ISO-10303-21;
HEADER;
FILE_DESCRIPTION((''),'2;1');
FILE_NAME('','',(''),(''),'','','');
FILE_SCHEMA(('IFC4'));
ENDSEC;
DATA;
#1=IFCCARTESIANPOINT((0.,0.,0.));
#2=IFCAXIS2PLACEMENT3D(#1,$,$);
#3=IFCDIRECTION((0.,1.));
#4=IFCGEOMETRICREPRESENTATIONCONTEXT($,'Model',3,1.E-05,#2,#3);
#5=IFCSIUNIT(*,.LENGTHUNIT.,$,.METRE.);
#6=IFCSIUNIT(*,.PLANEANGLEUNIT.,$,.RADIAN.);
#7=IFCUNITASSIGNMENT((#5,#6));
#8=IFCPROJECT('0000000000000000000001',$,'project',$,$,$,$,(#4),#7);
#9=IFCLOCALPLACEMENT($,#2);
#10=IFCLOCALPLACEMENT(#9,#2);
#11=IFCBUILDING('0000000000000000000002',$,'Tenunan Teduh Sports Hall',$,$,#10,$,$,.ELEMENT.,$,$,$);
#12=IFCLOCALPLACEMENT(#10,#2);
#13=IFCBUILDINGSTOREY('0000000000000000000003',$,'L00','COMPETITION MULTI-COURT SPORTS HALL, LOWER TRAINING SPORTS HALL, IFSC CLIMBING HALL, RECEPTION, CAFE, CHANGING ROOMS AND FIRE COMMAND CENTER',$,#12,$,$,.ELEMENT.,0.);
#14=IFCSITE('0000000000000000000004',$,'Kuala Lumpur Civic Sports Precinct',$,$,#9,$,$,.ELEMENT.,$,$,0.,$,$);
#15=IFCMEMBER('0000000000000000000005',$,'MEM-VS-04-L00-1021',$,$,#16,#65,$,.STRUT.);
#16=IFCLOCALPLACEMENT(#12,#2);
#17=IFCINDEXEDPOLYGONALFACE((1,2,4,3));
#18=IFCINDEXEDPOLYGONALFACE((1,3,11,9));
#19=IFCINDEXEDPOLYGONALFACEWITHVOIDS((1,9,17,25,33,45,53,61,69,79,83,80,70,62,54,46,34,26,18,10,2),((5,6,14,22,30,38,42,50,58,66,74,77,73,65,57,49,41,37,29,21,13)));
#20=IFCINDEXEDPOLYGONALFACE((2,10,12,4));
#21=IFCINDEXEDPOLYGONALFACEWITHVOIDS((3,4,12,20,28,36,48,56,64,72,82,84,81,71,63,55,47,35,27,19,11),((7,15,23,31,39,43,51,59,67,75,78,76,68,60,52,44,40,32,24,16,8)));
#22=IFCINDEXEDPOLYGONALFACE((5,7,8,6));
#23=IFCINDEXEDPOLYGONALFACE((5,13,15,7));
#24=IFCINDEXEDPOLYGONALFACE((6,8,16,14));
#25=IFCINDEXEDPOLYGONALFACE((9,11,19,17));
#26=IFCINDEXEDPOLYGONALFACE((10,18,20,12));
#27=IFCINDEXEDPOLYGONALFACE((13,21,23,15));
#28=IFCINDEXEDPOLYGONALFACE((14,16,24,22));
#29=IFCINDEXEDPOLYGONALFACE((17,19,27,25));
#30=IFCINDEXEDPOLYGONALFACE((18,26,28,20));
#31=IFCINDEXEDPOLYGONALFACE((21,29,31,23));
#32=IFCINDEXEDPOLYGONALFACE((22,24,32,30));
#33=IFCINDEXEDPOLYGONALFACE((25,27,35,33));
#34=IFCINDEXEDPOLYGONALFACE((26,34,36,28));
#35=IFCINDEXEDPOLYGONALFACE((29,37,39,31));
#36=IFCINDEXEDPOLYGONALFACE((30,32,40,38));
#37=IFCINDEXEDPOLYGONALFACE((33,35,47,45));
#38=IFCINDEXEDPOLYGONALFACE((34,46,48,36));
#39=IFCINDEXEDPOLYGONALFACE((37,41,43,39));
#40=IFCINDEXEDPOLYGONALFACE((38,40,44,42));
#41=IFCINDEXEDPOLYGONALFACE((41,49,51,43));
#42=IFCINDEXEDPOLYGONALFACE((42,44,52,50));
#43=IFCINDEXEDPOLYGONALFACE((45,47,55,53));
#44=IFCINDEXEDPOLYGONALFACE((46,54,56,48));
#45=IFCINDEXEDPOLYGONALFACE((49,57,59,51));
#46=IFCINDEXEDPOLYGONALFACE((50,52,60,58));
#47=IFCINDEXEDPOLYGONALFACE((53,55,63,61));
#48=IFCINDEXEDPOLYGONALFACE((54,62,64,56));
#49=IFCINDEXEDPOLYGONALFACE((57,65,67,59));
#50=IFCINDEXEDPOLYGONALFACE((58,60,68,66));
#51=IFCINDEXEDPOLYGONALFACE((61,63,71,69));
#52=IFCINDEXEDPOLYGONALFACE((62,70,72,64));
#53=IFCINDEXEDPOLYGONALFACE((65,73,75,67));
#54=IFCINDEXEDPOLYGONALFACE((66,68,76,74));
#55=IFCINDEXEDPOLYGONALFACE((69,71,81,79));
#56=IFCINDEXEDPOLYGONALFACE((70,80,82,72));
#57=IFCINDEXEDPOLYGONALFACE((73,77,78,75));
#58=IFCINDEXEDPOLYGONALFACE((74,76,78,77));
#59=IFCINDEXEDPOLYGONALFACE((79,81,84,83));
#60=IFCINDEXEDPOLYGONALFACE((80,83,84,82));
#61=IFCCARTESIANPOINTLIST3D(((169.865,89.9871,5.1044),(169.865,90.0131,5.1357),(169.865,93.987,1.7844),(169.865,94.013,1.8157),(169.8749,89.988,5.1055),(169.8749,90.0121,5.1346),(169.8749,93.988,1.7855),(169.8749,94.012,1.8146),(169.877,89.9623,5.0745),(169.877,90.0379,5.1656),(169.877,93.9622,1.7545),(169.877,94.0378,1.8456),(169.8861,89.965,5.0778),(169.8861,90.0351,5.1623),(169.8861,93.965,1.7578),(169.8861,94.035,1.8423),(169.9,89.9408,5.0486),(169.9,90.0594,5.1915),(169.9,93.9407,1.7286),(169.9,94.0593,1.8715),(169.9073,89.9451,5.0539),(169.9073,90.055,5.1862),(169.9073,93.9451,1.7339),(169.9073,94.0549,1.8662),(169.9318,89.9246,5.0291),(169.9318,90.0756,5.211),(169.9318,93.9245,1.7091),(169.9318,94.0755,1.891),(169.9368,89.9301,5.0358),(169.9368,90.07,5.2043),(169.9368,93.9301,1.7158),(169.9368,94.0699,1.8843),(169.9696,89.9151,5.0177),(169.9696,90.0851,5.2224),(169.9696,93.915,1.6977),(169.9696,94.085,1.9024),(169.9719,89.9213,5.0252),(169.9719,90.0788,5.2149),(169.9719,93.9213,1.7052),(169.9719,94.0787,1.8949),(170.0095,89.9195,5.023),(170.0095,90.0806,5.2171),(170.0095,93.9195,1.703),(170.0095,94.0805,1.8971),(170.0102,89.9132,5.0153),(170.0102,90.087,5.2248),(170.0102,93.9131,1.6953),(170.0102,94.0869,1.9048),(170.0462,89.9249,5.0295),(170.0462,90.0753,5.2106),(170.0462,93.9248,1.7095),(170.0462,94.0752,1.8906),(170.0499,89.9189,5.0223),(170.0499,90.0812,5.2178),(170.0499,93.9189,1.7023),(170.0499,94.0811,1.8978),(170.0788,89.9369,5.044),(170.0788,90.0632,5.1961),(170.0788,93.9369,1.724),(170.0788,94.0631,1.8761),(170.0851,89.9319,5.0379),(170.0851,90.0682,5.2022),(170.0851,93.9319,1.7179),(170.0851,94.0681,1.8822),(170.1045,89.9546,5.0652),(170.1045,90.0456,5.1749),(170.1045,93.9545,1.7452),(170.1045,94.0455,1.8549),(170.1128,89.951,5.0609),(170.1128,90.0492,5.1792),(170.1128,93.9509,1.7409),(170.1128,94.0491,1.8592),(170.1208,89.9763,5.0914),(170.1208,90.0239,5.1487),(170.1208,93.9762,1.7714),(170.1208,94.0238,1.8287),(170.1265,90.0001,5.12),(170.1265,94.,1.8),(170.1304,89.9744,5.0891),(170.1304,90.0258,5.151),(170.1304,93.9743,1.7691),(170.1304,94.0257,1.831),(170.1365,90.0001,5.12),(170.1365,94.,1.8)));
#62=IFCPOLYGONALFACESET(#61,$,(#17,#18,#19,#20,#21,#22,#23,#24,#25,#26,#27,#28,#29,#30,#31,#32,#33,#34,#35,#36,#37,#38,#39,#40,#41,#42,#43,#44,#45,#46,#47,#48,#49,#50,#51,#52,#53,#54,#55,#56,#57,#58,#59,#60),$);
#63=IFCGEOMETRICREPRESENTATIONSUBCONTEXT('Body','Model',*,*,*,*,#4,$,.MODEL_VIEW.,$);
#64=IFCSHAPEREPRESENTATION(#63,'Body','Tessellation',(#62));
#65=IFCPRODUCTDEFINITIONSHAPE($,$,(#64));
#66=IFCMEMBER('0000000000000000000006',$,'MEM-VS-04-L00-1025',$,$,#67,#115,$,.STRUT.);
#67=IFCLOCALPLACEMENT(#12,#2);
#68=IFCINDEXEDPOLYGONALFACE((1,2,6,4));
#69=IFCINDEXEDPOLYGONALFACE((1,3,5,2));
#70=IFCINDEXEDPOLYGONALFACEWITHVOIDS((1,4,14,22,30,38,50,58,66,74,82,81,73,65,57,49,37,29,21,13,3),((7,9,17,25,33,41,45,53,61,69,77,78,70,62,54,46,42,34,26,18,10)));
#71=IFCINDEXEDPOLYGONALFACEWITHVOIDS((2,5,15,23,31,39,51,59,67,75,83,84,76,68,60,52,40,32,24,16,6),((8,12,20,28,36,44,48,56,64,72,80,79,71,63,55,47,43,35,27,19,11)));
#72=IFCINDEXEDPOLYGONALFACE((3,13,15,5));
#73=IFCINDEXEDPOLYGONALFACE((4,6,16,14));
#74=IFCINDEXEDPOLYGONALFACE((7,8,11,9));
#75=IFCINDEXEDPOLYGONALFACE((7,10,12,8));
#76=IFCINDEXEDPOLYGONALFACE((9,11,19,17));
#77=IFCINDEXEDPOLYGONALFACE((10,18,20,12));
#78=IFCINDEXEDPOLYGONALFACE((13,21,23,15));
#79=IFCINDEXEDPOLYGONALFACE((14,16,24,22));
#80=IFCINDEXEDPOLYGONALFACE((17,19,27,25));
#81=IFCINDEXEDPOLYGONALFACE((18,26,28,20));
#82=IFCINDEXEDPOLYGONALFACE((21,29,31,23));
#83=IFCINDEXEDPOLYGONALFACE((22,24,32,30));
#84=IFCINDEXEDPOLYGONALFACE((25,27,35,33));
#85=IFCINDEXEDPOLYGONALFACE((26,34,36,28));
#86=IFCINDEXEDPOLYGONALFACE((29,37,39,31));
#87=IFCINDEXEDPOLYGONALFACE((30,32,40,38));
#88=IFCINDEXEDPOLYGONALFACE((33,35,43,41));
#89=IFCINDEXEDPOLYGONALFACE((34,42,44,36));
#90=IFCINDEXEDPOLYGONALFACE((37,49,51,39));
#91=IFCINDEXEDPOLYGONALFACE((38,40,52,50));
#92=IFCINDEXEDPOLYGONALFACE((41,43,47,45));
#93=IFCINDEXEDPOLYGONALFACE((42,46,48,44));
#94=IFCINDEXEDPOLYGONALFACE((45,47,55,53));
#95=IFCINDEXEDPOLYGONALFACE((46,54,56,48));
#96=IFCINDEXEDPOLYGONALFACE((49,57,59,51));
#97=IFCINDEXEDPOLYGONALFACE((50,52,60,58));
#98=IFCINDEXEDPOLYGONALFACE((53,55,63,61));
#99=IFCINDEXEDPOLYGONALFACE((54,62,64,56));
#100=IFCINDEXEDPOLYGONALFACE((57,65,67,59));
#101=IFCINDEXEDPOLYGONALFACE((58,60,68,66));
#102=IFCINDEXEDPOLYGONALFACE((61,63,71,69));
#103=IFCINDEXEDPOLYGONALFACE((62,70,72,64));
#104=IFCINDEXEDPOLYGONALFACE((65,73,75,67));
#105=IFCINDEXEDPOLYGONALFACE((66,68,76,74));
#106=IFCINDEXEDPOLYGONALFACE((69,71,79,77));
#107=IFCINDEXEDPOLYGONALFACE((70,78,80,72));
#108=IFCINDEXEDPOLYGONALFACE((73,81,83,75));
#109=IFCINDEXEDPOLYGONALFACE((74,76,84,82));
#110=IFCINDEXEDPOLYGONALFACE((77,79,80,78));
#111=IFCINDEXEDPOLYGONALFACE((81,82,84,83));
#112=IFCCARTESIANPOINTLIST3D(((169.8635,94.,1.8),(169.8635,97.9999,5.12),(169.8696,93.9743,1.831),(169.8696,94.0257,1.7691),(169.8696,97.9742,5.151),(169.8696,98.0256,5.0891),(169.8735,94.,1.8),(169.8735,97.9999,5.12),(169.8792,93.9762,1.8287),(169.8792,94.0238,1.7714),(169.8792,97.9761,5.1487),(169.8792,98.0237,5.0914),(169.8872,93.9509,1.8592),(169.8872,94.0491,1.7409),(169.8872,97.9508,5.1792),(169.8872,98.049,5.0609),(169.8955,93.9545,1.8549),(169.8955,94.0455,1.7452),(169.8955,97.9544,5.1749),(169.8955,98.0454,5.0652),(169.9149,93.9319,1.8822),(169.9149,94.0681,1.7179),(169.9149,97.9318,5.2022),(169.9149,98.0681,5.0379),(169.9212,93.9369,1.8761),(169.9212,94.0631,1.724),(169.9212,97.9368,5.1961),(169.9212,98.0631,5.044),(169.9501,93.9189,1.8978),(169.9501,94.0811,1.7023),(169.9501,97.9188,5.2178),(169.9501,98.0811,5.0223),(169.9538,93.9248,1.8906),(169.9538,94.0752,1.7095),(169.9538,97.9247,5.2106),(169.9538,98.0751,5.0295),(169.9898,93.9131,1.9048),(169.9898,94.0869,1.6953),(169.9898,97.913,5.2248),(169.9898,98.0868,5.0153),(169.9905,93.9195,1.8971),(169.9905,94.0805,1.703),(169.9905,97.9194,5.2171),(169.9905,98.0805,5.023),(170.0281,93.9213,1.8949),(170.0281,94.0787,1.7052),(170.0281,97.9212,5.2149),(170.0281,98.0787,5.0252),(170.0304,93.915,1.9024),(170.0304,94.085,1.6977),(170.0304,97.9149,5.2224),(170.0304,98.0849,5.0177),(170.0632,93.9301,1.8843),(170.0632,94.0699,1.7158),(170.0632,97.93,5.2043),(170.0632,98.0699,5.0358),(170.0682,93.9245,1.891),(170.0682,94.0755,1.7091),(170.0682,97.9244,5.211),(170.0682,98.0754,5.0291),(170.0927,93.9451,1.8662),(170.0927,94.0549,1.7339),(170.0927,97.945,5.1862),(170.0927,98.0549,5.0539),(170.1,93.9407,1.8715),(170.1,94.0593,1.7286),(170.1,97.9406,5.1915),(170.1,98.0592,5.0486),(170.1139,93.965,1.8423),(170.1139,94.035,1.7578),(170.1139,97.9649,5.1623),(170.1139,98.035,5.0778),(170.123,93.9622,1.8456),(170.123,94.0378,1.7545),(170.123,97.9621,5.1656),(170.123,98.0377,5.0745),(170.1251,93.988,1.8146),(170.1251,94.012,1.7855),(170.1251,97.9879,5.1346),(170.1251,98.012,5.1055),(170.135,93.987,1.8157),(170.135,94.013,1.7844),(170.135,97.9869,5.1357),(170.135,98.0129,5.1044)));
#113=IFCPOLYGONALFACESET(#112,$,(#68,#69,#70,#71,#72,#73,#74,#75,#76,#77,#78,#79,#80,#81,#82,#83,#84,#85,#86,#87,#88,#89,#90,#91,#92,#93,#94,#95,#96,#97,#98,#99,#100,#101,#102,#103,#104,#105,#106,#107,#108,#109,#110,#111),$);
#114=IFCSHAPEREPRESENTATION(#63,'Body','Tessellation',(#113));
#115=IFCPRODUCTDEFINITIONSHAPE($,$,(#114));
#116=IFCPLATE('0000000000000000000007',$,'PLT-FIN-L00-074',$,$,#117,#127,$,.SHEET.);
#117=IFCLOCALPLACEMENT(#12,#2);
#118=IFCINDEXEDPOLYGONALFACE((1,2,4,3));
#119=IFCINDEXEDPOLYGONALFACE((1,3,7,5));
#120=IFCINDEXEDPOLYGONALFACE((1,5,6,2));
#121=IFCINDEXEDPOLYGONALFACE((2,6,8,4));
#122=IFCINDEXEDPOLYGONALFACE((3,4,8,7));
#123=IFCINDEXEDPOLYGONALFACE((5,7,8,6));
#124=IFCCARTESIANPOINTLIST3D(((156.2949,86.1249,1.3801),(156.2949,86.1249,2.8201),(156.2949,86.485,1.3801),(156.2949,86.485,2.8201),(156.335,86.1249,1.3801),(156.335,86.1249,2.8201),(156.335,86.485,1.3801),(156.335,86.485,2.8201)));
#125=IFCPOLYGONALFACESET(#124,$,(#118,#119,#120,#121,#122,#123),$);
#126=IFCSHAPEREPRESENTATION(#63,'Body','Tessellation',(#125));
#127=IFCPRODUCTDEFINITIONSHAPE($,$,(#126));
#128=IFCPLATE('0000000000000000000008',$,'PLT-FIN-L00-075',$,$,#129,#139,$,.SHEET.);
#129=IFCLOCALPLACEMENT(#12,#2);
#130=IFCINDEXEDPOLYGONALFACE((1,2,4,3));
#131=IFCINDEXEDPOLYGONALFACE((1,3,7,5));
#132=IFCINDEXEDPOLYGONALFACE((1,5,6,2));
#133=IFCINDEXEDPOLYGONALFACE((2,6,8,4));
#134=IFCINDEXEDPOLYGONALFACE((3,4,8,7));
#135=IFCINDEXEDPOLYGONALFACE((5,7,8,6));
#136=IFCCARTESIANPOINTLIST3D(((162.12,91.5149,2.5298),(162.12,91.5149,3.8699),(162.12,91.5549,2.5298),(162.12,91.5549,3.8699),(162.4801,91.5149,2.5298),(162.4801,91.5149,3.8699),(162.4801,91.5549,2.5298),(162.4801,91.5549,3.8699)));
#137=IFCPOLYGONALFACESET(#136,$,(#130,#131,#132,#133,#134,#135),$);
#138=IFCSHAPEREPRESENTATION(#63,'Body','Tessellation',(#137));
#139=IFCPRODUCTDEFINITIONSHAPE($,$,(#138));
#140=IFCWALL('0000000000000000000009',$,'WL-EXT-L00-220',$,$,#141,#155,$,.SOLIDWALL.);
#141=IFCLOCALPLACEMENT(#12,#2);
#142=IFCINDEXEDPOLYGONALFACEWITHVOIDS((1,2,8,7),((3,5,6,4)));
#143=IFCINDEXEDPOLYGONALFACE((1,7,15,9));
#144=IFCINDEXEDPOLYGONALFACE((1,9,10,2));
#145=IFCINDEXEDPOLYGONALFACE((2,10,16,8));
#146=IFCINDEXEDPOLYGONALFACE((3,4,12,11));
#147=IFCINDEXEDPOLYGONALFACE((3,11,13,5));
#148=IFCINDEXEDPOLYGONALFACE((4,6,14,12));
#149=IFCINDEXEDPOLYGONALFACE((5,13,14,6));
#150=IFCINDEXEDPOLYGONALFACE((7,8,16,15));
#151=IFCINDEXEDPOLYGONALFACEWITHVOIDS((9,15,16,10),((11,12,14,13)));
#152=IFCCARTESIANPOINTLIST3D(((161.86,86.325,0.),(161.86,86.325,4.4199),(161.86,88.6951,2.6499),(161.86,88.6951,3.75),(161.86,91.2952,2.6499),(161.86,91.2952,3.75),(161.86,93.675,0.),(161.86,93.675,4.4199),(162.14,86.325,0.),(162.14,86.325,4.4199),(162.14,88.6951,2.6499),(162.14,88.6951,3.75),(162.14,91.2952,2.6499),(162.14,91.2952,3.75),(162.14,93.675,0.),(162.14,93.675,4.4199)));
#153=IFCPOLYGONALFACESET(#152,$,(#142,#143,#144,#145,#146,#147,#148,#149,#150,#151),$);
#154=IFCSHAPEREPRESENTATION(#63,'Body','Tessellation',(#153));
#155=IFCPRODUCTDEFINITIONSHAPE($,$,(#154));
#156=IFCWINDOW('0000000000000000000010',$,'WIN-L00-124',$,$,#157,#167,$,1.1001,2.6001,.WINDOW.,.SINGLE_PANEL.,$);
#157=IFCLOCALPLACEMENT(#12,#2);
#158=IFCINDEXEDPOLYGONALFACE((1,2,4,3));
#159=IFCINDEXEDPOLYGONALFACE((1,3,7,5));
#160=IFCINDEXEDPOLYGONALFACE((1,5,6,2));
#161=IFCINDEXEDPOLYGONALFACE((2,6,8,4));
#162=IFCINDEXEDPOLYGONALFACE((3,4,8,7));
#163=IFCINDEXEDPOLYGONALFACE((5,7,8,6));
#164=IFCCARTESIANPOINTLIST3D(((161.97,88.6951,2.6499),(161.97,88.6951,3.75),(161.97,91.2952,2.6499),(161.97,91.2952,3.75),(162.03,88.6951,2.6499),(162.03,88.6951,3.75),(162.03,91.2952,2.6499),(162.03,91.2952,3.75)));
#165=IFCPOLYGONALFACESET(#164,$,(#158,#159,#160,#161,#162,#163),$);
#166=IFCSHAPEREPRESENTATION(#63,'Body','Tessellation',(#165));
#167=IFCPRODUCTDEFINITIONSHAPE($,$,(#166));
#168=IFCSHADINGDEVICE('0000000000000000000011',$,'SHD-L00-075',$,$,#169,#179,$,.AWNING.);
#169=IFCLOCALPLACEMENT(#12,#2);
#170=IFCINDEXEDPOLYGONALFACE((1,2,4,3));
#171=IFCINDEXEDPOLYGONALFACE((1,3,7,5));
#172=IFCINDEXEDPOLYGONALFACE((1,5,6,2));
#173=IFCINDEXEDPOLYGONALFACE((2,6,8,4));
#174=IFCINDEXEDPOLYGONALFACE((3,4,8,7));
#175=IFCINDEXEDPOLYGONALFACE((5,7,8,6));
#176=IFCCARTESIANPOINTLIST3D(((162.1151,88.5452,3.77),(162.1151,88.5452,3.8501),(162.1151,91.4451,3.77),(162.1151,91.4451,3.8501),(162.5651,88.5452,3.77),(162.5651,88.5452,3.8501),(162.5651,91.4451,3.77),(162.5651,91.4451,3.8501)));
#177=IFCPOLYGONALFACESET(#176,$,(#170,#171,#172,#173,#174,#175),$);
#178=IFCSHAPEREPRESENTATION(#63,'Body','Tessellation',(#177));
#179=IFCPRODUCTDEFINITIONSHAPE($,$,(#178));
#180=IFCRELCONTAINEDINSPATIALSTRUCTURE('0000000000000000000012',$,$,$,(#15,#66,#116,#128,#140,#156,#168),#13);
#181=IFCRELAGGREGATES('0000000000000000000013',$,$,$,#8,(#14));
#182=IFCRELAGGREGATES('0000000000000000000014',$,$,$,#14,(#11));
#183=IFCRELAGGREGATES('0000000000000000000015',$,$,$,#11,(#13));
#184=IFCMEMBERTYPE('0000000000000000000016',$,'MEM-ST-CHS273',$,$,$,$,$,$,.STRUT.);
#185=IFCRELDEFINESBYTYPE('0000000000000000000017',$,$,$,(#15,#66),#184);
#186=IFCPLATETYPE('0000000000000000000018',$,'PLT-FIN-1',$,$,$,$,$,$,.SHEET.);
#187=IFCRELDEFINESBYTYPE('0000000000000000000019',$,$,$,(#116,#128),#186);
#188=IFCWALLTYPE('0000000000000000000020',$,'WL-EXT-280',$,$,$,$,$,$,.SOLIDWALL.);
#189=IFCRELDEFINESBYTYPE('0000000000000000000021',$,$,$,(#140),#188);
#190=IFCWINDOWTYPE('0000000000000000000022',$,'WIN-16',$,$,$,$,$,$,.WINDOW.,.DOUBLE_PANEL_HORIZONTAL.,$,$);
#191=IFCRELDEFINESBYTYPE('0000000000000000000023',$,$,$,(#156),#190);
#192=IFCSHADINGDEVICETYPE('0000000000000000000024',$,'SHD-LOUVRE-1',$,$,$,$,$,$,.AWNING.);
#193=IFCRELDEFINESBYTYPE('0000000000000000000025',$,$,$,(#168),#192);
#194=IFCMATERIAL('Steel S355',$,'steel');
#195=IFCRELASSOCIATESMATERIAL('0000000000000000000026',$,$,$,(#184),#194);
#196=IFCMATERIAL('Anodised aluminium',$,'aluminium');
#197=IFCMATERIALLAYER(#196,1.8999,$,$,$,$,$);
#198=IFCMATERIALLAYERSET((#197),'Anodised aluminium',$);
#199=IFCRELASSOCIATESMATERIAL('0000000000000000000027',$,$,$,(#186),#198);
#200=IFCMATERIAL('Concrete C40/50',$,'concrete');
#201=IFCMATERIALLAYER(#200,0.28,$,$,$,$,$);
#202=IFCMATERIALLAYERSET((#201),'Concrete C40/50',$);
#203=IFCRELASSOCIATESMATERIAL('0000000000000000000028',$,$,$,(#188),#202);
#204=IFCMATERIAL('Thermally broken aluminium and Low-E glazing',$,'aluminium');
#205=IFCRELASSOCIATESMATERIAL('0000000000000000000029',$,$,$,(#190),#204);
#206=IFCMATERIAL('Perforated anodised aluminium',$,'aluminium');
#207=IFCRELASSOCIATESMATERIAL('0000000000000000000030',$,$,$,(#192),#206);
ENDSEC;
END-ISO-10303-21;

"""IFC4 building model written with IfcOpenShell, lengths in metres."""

from ifc_helpers import new_model, si_unit, direction, frame, frame_2d, origin, origin_2d, place, context, subcontext, project, spatial, rectangle, hollow_circle, extrude, material, layer, layer_set, material_profile, profile_set, type_object, element, fill, save


model = new_model("IFC4")

# Units and contexts
model_context = context("Model", 3, precision=1e-05, world=origin(), true_north=direction((0.0, 1.0)))
body_context = subcontext(model_context, "Body", "Model", "MODEL_VIEW")
ifc_project = project(units=[si_unit("LENGTHUNIT", "METRE"), si_unit("PLANEANGLEUNIT", "RADIAN")], contexts=[model_context])

# Site, building, storey
site_placement = place(None, origin())
site = spatial("IfcSite", under=ifc_project, at=site_placement, Name="Kuala Lumpur Civic Sports Precinct", CompositionType="ELEMENT", RefElevation=0.0)
building_placement = place(site_placement, origin())
building = spatial("IfcBuilding", under=site, at=building_placement, Name="Tenunan Teduh Sports Hall", CompositionType="ELEMENT")
storey_placement = place(building_placement, origin())
storey = spatial("IfcBuildingStorey", under=building, at=storey_placement, Name="L00", Description="COMPETITION MULTI-COURT SPORTS HALL, LOWER TRAINING SPORTS HALL, IFSC CLIMBING HALL, RECEPTION, CAFE, CHANGING ROOMS AND FIRE COMMAND CENTER", CompositionType="ELEMENT", Elevation=0.0)

# Members
ifc_material_1 = material(Name="Steel S355", Category="steel")
ifc_material_profile_1 = material_profile(ifc_material_1, hollow_circle(Radius=0.1365, WallThickness=0.01, at=origin_2d()), Name="CHS 273.0x10.0")
ifc_profile_set_1 = profile_set([ifc_material_profile_1], Name="Steel S355")
member_type_1 = type_object("IfcMemberType", Name="MEM-ST-CHS273", PredefinedType="STRUT", material=ifc_profile_set_1)
for number, where, z_axis, x_axis, name in (
    (1, (170.0, 94.0, 1.8), (0.0, -0.769475, 0.638677), (1.0, 0.0, 0.0), "MEM-VS-04-L00-1021"),
    (2, (170.0, 94.0, 1.8), (0.0, 0.769475, 0.638677), (-1.0, 0.0, 0.0), "MEM-VS-04-L00-1025"),
):
    element("IfcMember", number, at=place(storey_placement, frame(where, z_axis=z_axis, x_axis=x_axis)), inside=storey, type_object=member_type_1, Name=name, PredefinedType="STRUT", context=body_context, shape_type="SweptSolid", body=[
        extrude(hollow_circle(Radius=0.1365, WallThickness=0.01, at=origin_2d()), origin(), (0.0, 0.0, 1.0), 5.1982),
    ])

# Plates
ifc_material_2 = material(Name="Anodised aluminium", Category="aluminium")
ifc_layer_1 = layer(ifc_material_2, 1.8999)
ifc_layer_set_1 = layer_set([ifc_layer_1], Name="Anodised aluminium")
plate_type = type_object("IfcPlateType", Name="PLT-FIN-1", PredefinedType="SHEET", material=ifc_layer_set_1)
plate_1_placement = place(storey_placement, frame((156.3149, 86.3049, 1.3801), z_axis=(0.0, 0.0, 1.0), x_axis=(1.0, 0.0, 0.0)))
element("IfcPlate", 3, at=plate_1_placement, inside=storey, type_object=plate_type, Name="PLT-FIN-L00-074", PredefinedType="SHEET", context=body_context, shape_type="SweptSolid", body=[
    extrude(rectangle(XDim=0.04, YDim=0.3601, at=origin_2d()), origin(), (0.0, 0.0, 1.0), 1.4399),
])
plate_2_placement = place(storey_placement, frame((162.3, 91.5349, 2.5298), z_axis=(0.0, 0.0, 1.0), x_axis=(0.0, 1.0, 0.0)))
element("IfcPlate", 4, at=plate_2_placement, inside=storey, type_object=plate_type, Name="PLT-FIN-L00-075", PredefinedType="SHEET", context=body_context, shape_type="SweptSolid", body=[
    extrude(rectangle(XDim=0.04, YDim=0.3601, at=origin_2d()), origin(), (0.0, 0.0, 1.0), 1.3401),
])

# Wall, opening, window
ifc_material_3 = material(Name="Concrete C40/50", Category="concrete")
ifc_layer_2 = layer(ifc_material_3, 0.28)
ifc_layer_set_2 = layer_set([ifc_layer_2], Name="Concrete C40/50")
wall_type = type_object("IfcWallType", Name="WL-EXT-280", PredefinedType="SOLIDWALL", material=ifc_layer_set_2)
wall_placement = place(storey_placement, frame((162.0, 86.325, 0.0), z_axis=(0.0, 0.0, 1.0), x_axis=(0.0, 1.0, 0.0)))
wall = element("IfcWall", 5, at=wall_placement, inside=storey, type_object=wall_type, Name="WL-EXT-L00-220", PredefinedType="SOLIDWALL", context=body_context, shape_type="SweptSolid", body=[
    extrude(rectangle(XDim=7.3501, YDim=0.28, at=frame_2d((3.675, 0.0))), origin(), (0.0, 0.0, 1.0), 4.4199),
])
opening_placement = place(wall_placement, frame((2.3701, 0.0, 2.6499)))
opening = element("IfcOpeningElement", 6, at=opening_placement, cuts=wall, PredefinedType="OPENING", context=body_context, shape_type="SweptSolid", body=[
    extrude(rectangle(XDim=2.6001, YDim=1.1001, at=frame_2d((1.3, 0.55))), frame((0.0, 0.1499, 0.0), z_axis=(0.0, -1.0, 0.0), x_axis=(1.0, 0.0, 0.0)), (0.0, 0.0, 1.0), 0.3),
])
ifc_material_4 = material(Name="Thermally broken aluminium and Low-E glazing", Category="aluminium")
window_type = type_object("IfcWindowType", Name="WIN-16", PartitioningType="DOUBLE_PANEL_HORIZONTAL", PredefinedType="WINDOW", material=ifc_material_4)
window_placement = place(opening_placement, origin())
window = element("IfcWindow", 7, at=window_placement, inside=storey, type_object=window_type, Name="WIN-L00-124", OverallHeight=1.1001, OverallWidth=2.6001, PartitioningType="SINGLE_PANEL", PredefinedType="WINDOW", context=body_context, shape_type="SweptSolid", body=[
    extrude(rectangle(XDim=2.6001, YDim=1.1001, at=frame_2d((1.3, 0.55))), frame((0.0, 0.03, 0.0), z_axis=(0.0, -1.0, 0.0), x_axis=(1.0, 0.0, 0.0)), (0.0, 0.0, 1.0), 0.0601),
])
fill(opening, window)

# Shading device
ifc_material_5 = material(Name="Perforated anodised aluminium", Category="aluminium")
shading_device_type_1 = type_object("IfcShadingDeviceType", Name="SHD-LOUVRE-1", PredefinedType="AWNING", material=ifc_material_5)
shading_device_1_placement = place(storey_placement, frame((162.3401, 89.9951, 3.77), z_axis=(0.0, 0.0, 1.0), x_axis=(0.0, 1.0, 0.0)))
element("IfcShadingDevice", 8, at=shading_device_1_placement, inside=storey, type_object=shading_device_type_1, Name="SHD-L00-075", PredefinedType="AWNING", context=body_context, shape_type="SweptSolid", body=[
    extrude(rectangle(XDim=2.8999, YDim=0.45, at=origin_2d()), origin(), (0.0, 0.0, 1.0), 0.0801),
])

save(model, "model.ifc")
